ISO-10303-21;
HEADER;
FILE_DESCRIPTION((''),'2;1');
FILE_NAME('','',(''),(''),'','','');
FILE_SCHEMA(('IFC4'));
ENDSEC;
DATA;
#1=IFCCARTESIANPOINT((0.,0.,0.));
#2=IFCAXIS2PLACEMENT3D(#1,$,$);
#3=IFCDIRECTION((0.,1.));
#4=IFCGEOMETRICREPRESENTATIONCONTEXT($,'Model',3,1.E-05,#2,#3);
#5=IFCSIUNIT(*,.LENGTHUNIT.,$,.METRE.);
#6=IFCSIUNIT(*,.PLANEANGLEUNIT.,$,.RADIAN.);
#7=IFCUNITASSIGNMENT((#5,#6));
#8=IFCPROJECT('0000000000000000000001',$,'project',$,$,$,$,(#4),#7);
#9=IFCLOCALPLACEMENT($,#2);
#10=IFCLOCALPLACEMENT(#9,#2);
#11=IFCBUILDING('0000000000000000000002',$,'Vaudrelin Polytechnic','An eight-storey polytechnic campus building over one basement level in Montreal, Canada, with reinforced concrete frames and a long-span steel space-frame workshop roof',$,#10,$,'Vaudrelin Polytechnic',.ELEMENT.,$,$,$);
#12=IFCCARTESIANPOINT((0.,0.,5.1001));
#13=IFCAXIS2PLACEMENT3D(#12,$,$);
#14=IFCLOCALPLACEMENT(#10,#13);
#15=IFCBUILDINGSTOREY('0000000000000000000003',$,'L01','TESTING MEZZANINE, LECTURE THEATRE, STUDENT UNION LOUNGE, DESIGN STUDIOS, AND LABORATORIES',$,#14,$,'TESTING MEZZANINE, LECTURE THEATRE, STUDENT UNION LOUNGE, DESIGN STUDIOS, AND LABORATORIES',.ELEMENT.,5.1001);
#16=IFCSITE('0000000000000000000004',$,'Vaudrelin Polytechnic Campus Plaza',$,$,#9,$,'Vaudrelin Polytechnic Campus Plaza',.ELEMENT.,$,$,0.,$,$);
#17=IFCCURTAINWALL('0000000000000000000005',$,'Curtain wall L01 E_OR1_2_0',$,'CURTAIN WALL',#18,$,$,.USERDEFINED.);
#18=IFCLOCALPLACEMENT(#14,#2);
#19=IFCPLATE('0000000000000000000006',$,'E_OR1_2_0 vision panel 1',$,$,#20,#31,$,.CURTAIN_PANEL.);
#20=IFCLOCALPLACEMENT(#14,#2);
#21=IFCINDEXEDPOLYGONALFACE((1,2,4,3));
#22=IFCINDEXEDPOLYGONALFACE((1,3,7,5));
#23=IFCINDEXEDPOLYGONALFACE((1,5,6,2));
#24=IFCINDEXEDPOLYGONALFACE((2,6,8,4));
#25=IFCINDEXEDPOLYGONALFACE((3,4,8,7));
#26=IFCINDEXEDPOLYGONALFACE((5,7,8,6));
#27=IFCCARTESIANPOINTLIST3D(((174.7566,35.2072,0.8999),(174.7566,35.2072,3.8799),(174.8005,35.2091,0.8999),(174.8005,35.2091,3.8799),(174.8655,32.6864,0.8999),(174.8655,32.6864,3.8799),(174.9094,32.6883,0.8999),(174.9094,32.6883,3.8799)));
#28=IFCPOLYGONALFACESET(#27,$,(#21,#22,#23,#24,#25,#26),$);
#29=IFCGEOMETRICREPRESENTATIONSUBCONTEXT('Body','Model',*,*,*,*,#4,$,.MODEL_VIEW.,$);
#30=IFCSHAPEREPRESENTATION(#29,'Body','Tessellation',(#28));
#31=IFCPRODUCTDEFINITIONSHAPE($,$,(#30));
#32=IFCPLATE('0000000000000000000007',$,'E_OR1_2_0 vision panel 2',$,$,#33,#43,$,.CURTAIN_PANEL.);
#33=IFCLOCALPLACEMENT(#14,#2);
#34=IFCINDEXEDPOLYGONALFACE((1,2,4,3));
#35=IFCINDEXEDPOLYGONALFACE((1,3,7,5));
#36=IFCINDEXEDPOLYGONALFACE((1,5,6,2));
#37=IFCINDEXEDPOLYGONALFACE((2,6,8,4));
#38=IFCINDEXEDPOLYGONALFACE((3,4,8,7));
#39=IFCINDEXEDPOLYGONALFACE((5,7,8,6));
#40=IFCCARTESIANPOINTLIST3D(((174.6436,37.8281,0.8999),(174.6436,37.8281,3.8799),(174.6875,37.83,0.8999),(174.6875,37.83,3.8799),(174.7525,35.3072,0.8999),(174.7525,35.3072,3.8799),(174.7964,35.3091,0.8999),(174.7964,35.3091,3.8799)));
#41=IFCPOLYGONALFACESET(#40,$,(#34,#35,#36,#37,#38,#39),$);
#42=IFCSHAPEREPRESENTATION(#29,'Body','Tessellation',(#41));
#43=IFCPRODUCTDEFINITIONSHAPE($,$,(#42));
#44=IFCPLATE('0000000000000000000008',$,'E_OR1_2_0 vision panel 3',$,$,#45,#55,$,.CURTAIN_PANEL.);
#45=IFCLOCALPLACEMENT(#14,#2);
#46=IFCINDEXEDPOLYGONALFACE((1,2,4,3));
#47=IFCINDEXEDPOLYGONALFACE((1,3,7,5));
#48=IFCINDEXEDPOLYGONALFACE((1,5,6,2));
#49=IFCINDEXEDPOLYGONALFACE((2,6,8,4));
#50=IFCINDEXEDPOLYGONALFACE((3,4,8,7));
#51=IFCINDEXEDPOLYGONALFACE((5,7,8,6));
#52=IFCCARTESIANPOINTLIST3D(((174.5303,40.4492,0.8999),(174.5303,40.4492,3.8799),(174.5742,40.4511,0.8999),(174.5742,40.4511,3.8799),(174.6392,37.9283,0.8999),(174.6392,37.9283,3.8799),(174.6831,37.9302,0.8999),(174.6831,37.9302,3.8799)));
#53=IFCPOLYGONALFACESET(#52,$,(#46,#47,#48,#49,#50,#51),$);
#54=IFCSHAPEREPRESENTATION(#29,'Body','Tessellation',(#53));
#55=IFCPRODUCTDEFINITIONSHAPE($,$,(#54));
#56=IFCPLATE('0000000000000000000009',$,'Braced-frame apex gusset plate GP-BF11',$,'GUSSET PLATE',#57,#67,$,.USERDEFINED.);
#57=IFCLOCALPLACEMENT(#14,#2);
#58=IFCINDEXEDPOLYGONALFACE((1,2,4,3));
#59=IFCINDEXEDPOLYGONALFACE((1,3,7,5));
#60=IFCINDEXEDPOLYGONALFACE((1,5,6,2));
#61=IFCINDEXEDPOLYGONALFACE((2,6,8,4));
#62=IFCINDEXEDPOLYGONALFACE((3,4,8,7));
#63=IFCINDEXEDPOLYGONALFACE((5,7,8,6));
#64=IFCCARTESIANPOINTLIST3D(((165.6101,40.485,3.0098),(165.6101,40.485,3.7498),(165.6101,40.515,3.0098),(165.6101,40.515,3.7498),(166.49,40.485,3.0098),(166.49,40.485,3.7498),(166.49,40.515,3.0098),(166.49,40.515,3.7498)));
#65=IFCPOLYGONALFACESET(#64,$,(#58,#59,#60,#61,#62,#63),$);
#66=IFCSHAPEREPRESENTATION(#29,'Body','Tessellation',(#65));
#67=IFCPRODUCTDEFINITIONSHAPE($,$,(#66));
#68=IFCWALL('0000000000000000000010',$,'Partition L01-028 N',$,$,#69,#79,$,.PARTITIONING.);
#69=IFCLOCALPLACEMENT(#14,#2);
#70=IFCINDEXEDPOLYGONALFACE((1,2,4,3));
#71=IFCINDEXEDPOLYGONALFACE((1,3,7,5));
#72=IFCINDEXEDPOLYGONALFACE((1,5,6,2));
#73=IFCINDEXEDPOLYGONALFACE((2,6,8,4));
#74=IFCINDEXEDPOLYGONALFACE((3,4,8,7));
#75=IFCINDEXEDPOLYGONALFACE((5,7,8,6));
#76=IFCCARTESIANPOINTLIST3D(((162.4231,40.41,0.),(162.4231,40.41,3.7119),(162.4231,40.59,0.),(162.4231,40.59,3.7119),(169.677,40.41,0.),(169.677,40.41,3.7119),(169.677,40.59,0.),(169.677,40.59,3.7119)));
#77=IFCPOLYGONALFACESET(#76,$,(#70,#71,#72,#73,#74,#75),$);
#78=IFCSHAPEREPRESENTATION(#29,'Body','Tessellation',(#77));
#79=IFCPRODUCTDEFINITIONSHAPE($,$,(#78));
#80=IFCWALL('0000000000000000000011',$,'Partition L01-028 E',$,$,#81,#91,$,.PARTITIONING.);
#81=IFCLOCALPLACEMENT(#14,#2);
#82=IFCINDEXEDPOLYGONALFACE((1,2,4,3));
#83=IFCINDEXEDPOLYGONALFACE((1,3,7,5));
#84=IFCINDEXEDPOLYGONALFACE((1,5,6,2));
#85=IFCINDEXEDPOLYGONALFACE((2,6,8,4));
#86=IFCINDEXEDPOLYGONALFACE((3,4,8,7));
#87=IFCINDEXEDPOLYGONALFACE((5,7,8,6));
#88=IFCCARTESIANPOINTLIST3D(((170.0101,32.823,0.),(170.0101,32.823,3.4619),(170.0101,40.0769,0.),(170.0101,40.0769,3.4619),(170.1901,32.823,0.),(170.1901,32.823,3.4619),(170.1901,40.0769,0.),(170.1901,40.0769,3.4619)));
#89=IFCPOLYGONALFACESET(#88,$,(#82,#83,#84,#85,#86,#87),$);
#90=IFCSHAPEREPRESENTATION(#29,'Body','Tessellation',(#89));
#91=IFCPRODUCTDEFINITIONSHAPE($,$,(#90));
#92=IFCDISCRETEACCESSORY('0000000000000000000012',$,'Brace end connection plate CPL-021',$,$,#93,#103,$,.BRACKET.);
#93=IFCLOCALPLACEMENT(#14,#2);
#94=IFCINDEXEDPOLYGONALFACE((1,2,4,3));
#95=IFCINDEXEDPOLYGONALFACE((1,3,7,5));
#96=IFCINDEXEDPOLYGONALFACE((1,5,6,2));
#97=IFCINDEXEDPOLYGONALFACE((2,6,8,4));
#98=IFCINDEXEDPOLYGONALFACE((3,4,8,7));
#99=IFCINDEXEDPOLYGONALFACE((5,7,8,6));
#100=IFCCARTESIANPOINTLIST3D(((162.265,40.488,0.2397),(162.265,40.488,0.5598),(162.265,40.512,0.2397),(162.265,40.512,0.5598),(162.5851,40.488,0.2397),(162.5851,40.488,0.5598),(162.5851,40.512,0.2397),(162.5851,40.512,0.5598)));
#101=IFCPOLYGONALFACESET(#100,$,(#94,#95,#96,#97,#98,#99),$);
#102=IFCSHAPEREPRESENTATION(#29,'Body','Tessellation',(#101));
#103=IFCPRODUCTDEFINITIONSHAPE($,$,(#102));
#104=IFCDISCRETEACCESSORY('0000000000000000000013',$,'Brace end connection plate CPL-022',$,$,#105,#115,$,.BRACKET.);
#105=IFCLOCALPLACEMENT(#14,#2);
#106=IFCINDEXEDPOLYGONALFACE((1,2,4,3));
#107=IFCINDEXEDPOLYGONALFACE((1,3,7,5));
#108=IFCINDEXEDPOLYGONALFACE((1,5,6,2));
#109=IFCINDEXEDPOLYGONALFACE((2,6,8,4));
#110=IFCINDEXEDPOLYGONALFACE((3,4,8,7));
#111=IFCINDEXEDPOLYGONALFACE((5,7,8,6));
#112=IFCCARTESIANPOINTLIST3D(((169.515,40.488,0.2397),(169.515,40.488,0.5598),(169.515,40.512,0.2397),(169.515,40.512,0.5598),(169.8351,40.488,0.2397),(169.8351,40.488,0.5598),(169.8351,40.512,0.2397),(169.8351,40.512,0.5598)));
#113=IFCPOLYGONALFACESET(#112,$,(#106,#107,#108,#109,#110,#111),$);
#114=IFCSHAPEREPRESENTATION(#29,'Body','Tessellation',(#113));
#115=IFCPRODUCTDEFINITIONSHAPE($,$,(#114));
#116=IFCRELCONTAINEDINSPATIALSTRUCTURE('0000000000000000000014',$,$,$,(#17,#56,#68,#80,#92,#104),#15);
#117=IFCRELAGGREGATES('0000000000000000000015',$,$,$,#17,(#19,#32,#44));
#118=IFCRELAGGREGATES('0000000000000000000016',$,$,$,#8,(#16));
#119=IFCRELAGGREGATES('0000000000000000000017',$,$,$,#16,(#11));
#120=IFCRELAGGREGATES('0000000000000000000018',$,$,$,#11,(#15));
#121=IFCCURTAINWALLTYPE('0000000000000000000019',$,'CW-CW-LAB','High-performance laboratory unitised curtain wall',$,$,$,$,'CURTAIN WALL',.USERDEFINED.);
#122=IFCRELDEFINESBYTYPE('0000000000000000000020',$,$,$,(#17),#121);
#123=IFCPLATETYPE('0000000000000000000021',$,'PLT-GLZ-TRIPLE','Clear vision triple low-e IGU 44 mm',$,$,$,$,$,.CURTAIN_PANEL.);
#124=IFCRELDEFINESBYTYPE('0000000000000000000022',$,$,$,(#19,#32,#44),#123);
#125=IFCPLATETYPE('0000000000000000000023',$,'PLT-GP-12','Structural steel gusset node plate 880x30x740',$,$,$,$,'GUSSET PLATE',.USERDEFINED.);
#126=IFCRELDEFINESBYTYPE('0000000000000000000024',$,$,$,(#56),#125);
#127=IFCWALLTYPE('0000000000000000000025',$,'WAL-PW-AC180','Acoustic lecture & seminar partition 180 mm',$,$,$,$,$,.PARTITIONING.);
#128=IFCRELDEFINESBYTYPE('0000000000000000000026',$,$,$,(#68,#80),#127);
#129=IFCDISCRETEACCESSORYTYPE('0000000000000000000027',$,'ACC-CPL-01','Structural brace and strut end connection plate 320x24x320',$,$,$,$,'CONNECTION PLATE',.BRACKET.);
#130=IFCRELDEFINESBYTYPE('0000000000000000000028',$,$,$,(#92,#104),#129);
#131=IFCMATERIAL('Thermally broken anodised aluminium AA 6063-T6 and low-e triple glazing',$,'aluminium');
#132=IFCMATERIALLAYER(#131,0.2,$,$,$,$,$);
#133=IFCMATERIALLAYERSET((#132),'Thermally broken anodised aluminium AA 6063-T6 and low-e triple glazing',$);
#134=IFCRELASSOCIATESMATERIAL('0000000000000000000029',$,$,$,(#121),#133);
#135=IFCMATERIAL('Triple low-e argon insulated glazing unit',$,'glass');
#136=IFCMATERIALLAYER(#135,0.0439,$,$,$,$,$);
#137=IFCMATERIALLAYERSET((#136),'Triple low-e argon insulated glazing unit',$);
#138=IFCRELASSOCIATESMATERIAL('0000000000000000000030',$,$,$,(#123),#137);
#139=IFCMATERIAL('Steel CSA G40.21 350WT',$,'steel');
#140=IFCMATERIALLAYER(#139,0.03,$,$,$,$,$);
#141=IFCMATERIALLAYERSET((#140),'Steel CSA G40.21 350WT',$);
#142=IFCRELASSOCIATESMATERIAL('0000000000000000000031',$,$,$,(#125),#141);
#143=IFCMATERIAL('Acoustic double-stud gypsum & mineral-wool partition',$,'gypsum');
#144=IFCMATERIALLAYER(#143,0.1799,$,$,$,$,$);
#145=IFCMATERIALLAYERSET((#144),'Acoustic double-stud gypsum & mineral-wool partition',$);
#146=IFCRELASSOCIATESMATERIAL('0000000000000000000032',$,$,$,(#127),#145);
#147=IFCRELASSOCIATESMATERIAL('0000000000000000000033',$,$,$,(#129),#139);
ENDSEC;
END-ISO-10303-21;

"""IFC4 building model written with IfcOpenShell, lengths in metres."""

from ifc_helpers import new_model, si_unit, direction, frame, frame_2d, origin, origin_2d, place, context, subcontext, project, spatial, rectangle, extrude, material, layer, layer_set, type_object, element, aggregate, save


model = new_model("IFC4")

# Units and contexts
model_context = context("Model", 3, precision=1e-05, world=origin(), true_north=direction((0.0, 1.0)))
body_context = subcontext(model_context, "Body", "Model", "MODEL_VIEW")
ifc_project = project(units=[si_unit("LENGTHUNIT", "METRE"), si_unit("PLANEANGLEUNIT", "RADIAN")], contexts=[model_context])

# Site, building, storey
site_placement = place(None, origin())
site = spatial("IfcSite", under=ifc_project, at=site_placement, Name="Vaudrelin Polytechnic Campus Plaza", LongName="Vaudrelin Polytechnic Campus Plaza", CompositionType="ELEMENT", RefElevation=0.0)
building_placement = place(site_placement, origin())
building = spatial("IfcBuilding", under=site, at=building_placement, Name="Vaudrelin Polytechnic", Description="An eight-storey polytechnic campus building over one basement level in Montreal, Canada, with reinforced concrete frames and a long-span steel space-frame workshop roof", LongName="Vaudrelin Polytechnic", CompositionType="ELEMENT")
storey_placement = place(building_placement, frame((0.0, 0.0, 5.1001)))
storey = spatial("IfcBuildingStorey", under=building, at=storey_placement, Name="L01", Description="TESTING MEZZANINE, LECTURE THEATRE, STUDENT UNION LOUNGE, DESIGN STUDIOS, AND LABORATORIES", LongName="TESTING MEZZANINE, LECTURE THEATRE, STUDENT UNION LOUNGE, DESIGN STUDIOS, AND LABORATORIES", CompositionType="ELEMENT", Elevation=5.1001)

# Shared definitions
ifc_material_1 = material(Name="Steel CSA G40.21 350WT", Category="steel")

# Shared definitions
ifc_material_2 = material(Name="Thermally broken anodised aluminium AA 6063-T6 and low-e triple glazing", Category="aluminium")
ifc_layer_1 = layer(ifc_material_2, 0.2)
ifc_layer_set_1 = layer_set([ifc_layer_1], Name="Thermally broken anodised aluminium AA 6063-T6 and low-e triple glazing")
curtain_wall_type = type_object("IfcCurtainWallType", Name="CW-CW-LAB", Description="High-performance laboratory unitised curtain wall", ElementType="CURTAIN WALL", PredefinedType="USERDEFINED", material=ifc_layer_set_1)

# Curtain wall
curtain_wall_1_placement = place(storey_placement, origin())
curtain_wall_1 = element("IfcCurtainWall", 1, at=curtain_wall_1_placement, inside=storey, type_object=curtain_wall_type, Name="Curtain wall L01 E_OR1_2_0", ObjectType="CURTAIN WALL", PredefinedType="USERDEFINED")

# Plates
ifc_material_3 = material(Name="Triple low-e argon insulated glazing unit", Category="glass")
ifc_layer_2 = layer(ifc_material_3, 0.0439)
ifc_layer_set_2 = layer_set([ifc_layer_2], Name="Triple low-e argon insulated glazing unit")
plate_type_1 = type_object("IfcPlateType", Name="PLT-GLZ-TRIPLE", Description="Clear vision triple low-e IGU 44 mm", PredefinedType="CURTAIN_PANEL", material=ifc_layer_set_2)
plate_1_placement = place(storey_placement, frame((174.833, 33.9478, 0.8999), z_axis=(0.0, 0.0, 1.0), x_axis=(-0.043164, 0.999068, 0.0)))
plate_1 = element("IfcPlate", 2, at=plate_1_placement, type_object=plate_type_1, Name="E_OR1_2_0 vision panel 1", PredefinedType="CURTAIN_PANEL", context=body_context, shape_type="SweptSolid", body=[
    extrude(rectangle(XDim=2.5232, YDim=0.0439, at=origin_2d()), origin(), (0.0, 0.0, 1.0), 2.98),
])
plate_2_placement = place(storey_placement, frame((174.72, 36.5686, 0.8999), z_axis=(0.0, 0.0, 1.0), x_axis=(-0.043164, 0.999068, 0.0)))
plate_2 = element("IfcPlate", 3, at=plate_2_placement, type_object=plate_type_1, Name="E_OR1_2_0 vision panel 2", PredefinedType="CURTAIN_PANEL", context=body_context, shape_type="SweptSolid", body=[
    extrude(rectangle(XDim=2.5232, YDim=0.0439, at=origin_2d()), origin(), (0.0, 0.0, 1.0), 2.98),
])
plate_3_placement = place(storey_placement, frame((174.6067, 39.1897, 0.8999), z_axis=(0.0, 0.0, 1.0), x_axis=(-0.043164, 0.999068, 0.0)))
plate_3 = element("IfcPlate", 4, at=plate_3_placement, type_object=plate_type_1, Name="E_OR1_2_0 vision panel 3", PredefinedType="CURTAIN_PANEL", context=body_context, shape_type="SweptSolid", body=[
    extrude(rectangle(XDim=2.5232, YDim=0.0439, at=origin_2d()), origin(), (0.0, 0.0, 1.0), 2.98),
])
aggregate(curtain_wall_1, [plate_1, plate_2, plate_3])
ifc_layer_3 = layer(ifc_material_1, 0.03)
ifc_layer_set_3 = layer_set([ifc_layer_3], Name="Steel CSA G40.21 350WT")
plate_type_2 = type_object("IfcPlateType", Name="PLT-GP-12", Description="Structural steel gusset node plate 880x30x740", ElementType="GUSSET PLATE", PredefinedType="USERDEFINED", material=ifc_layer_set_3)
plate_4_placement = place(storey_placement, frame((166.05, 40.5, 3.0098), z_axis=(0.0, 0.0, 1.0), x_axis=(1.0, 0.0, 0.0)))
element("IfcPlate", 5, at=plate_4_placement, inside=storey, type_object=plate_type_2, Name="Braced-frame apex gusset plate GP-BF11", ObjectType="GUSSET PLATE", PredefinedType="USERDEFINED", context=body_context, shape_type="SweptSolid", body=[
    extrude(rectangle(XDim=0.8799, YDim=0.03, at=origin_2d()), origin(), (0.0, 0.0, 1.0), 0.74),
])

# Walls
ifc_material_4 = material(Name="Acoustic double-stud gypsum & mineral-wool partition", Category="gypsum")
ifc_layer_4 = layer(ifc_material_4, 0.1799)
ifc_layer_set_4 = layer_set([ifc_layer_4], Name="Acoustic double-stud gypsum & mineral-wool partition")
wall_type = type_object("IfcWallType", Name="WAL-PW-AC180", Description="Acoustic lecture & seminar partition 180 mm", PredefinedType="PARTITIONING", material=ifc_layer_set_4)
wall_1_placement = place(storey_placement, frame((162.4231, 40.5, 0.0), z_axis=(0.0, 0.0, 1.0), x_axis=(1.0, 0.0, 0.0)))
element("IfcWall", 6, at=wall_1_placement, inside=storey, type_object=wall_type, Name="Partition L01-028 N", PredefinedType="PARTITIONING", context=body_context, shape_type="SweptSolid", body=[
    extrude(rectangle(XDim=7.2539, YDim=0.1799, at=frame_2d((3.627, 0.0))), origin(), (0.0, 0.0, 1.0), 3.7119),
])
wall_2_placement = place(storey_placement, frame((170.1001, 32.823, 0.0), z_axis=(0.0, 0.0, 1.0), x_axis=(0.0, 1.0, 0.0)))
element("IfcWall", 7, at=wall_2_placement, inside=storey, type_object=wall_type, Name="Partition L01-028 E", PredefinedType="PARTITIONING", context=body_context, shape_type="SweptSolid", body=[
    extrude(rectangle(XDim=7.2539, YDim=0.1799, at=frame_2d((3.627, 0.0))), origin(), (0.0, 0.0, 1.0), 3.4619),
])

# Discrete accessories
discrete_accessory_type = type_object("IfcDiscreteAccessoryType", Name="ACC-CPL-01", Description="Structural brace and strut end connection plate 320x24x320", ElementType="CONNECTION PLATE", PredefinedType="BRACKET", material=ifc_material_1)
for number, where, z_axis, x_axis, name in (
    (8, (162.425, 40.5, 0.2397), (0.0, 0.0, 1.0), (1.0, 0.0, 0.0), "Brace end connection plate CPL-021"),
    (9, (169.675, 40.5, 0.2397), (0.0, 0.0, 1.0), (1.0, 0.0, 0.0), "Brace end connection plate CPL-022"),
):
    element("IfcDiscreteAccessory", number, at=place(storey_placement, frame(where, z_axis=z_axis, x_axis=x_axis)), inside=storey, type_object=discrete_accessory_type, Name=name, PredefinedType="BRACKET", context=body_context, shape_type="SweptSolid", body=[
        extrude(rectangle(XDim=0.3201, YDim=0.0239, at=origin_2d()), origin(), (0.0, 0.0, 1.0), 0.3201),
    ])

save(model, "model.ifc")
